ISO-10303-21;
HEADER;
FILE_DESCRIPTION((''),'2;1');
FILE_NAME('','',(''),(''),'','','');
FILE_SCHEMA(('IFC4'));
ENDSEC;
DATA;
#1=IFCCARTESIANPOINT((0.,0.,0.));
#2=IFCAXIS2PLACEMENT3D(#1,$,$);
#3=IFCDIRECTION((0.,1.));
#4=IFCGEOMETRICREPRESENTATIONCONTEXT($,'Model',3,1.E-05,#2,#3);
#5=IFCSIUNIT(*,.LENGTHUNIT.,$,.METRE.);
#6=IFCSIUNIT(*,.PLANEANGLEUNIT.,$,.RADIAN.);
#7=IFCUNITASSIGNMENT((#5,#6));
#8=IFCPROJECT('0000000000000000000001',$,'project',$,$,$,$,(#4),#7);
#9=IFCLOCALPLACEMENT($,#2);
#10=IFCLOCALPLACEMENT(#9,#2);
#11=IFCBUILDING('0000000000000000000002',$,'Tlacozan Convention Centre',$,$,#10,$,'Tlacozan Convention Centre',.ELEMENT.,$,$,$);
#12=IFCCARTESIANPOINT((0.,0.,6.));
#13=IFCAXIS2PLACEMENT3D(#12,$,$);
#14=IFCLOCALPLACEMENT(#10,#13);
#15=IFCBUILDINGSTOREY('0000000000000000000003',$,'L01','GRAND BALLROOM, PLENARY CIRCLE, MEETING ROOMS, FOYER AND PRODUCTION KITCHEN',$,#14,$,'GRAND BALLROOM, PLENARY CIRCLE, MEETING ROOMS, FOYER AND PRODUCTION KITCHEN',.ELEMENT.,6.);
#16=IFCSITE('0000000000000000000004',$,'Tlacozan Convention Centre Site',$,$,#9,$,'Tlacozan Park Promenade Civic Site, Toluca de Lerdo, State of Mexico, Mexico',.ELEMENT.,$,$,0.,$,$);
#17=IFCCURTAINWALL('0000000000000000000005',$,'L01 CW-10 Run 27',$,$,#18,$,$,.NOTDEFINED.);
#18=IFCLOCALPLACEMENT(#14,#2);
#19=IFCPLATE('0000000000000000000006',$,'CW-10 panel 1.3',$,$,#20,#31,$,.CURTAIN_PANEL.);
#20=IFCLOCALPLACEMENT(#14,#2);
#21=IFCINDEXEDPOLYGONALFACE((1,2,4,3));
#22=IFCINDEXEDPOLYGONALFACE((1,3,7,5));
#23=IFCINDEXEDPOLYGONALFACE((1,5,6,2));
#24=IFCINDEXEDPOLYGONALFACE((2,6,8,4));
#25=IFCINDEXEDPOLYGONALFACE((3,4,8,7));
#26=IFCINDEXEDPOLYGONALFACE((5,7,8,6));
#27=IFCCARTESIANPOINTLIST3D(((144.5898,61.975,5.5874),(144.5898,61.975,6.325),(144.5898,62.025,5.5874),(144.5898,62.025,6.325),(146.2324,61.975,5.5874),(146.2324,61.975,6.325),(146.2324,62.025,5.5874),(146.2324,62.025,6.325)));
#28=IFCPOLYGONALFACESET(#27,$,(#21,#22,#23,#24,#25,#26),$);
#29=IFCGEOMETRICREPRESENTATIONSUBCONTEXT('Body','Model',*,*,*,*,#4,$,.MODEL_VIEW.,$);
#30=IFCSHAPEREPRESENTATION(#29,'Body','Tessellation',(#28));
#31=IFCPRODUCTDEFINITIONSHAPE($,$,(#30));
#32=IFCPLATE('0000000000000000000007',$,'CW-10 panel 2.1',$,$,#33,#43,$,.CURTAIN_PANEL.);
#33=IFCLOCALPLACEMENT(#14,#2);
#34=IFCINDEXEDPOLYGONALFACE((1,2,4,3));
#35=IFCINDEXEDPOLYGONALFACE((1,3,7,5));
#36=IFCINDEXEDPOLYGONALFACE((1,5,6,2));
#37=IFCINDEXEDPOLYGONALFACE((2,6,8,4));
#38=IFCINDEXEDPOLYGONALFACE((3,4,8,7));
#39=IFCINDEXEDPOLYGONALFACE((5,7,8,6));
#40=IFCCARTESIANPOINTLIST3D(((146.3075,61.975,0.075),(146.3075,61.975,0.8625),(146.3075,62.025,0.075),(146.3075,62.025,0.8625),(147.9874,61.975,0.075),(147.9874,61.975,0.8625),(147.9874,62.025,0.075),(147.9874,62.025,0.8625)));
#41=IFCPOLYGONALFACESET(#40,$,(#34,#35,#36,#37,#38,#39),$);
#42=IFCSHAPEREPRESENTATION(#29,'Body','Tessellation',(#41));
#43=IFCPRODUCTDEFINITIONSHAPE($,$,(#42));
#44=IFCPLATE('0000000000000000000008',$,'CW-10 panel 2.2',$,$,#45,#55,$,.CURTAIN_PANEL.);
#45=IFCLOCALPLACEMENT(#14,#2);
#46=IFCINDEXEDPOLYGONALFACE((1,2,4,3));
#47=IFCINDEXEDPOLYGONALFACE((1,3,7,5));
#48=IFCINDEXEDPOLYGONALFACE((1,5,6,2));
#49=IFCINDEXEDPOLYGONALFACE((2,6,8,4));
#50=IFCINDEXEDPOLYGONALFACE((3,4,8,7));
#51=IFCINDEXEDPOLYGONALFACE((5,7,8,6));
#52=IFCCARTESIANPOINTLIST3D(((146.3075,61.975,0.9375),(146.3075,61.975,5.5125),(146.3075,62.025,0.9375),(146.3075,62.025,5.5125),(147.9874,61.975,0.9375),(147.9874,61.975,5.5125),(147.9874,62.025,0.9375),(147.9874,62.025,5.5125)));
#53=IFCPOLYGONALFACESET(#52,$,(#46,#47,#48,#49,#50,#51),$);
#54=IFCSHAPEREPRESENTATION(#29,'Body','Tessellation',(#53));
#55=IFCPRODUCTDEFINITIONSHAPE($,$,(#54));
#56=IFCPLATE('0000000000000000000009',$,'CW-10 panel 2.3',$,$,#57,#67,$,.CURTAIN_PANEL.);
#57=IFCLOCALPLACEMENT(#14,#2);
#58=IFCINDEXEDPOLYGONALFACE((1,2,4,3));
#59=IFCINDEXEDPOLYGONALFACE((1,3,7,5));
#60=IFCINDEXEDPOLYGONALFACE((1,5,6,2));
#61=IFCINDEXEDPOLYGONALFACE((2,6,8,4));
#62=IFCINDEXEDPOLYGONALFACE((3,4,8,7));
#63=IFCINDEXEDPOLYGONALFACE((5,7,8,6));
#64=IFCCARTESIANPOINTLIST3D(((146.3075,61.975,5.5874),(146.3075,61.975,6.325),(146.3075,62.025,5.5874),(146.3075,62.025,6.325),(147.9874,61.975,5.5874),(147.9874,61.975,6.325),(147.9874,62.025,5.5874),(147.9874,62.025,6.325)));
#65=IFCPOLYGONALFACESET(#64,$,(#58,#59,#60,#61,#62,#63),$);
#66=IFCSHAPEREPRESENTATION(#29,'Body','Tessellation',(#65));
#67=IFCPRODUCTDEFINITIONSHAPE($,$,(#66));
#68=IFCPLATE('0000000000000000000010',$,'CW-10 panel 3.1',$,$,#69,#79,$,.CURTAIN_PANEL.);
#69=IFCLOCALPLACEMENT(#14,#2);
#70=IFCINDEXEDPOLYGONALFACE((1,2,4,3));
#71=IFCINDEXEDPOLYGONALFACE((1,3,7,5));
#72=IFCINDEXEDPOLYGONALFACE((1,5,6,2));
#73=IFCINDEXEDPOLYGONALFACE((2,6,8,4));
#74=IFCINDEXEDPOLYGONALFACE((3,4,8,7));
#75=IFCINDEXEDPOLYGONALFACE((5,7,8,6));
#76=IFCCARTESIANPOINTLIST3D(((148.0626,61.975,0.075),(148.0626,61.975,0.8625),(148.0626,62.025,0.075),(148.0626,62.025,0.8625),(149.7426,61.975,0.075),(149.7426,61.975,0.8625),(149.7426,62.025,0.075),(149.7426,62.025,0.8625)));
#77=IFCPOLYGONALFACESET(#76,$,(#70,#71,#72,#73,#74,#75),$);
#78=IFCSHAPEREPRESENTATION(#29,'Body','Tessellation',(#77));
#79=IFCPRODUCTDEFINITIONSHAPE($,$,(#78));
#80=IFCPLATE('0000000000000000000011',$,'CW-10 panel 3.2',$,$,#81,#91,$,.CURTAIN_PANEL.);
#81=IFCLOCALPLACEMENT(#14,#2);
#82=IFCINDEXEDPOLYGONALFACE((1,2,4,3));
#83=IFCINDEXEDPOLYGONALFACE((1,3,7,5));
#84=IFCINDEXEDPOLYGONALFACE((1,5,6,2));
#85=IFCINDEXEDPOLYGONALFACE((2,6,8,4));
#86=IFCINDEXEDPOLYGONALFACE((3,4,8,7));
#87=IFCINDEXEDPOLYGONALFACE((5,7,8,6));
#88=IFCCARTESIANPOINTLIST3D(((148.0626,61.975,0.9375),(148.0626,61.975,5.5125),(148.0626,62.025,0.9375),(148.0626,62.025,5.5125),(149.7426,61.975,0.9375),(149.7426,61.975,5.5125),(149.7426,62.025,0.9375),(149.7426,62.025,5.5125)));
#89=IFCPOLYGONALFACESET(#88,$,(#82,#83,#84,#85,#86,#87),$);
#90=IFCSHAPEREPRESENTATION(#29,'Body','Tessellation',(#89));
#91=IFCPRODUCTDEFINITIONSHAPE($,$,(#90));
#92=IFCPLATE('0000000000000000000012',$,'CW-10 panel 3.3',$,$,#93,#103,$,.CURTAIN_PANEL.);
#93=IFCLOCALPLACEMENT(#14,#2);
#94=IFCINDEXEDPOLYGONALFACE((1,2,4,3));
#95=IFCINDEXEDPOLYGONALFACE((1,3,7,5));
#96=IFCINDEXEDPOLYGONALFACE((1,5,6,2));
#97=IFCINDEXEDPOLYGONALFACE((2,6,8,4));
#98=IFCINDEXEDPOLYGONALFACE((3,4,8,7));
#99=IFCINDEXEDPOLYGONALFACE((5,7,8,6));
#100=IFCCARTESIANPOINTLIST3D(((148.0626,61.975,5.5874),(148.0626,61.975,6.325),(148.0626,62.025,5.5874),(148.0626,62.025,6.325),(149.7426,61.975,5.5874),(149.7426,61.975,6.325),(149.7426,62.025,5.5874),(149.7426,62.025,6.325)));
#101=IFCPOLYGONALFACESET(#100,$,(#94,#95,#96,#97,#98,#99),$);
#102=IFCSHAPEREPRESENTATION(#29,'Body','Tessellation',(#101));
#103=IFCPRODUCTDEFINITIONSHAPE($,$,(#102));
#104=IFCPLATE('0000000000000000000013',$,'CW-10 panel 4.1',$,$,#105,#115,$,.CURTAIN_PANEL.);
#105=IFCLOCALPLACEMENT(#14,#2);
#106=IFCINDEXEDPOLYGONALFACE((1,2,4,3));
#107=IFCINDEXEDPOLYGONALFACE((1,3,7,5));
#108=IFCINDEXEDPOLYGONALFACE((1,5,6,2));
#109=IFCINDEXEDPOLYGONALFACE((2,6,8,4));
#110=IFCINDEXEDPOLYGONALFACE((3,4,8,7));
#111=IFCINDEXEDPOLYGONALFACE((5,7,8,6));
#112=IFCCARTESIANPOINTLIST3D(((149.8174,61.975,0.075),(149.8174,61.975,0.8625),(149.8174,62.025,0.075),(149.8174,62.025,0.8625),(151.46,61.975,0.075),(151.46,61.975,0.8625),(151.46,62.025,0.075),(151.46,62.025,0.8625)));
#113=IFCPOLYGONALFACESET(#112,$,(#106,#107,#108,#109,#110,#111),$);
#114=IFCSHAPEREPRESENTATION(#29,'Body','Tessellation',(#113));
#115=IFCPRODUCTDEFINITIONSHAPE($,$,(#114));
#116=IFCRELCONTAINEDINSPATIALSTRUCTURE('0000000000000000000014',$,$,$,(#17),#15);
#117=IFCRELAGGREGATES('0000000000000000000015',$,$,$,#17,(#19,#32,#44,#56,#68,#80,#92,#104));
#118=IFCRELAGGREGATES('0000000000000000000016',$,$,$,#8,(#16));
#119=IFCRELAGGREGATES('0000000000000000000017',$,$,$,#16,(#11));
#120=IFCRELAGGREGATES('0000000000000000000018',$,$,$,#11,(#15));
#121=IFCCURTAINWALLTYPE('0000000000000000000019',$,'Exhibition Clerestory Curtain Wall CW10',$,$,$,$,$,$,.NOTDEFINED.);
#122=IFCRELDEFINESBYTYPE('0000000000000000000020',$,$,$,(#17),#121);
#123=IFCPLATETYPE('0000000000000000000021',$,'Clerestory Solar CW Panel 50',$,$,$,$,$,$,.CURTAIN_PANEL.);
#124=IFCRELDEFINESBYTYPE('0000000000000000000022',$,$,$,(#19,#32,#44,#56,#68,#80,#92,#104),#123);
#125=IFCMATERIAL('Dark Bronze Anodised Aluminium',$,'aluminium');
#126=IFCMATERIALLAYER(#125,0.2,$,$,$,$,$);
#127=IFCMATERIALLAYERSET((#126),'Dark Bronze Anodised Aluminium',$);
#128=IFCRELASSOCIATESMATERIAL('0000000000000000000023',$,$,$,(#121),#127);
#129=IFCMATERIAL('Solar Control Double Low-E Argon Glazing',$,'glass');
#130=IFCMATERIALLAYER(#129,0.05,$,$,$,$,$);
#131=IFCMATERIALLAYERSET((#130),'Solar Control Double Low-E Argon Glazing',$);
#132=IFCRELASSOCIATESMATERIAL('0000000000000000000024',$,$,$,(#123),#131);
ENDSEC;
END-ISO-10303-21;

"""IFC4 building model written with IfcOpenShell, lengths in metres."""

from ifc_helpers import new_model, si_unit, direction, frame, origin, origin_2d, place, context, subcontext, project, spatial, rectangle, extrude, material, layer, layer_set, type_object, element, aggregate, save


model = new_model("IFC4")

# Units and contexts
model_context = context("Model", 3, precision=1e-05, world=origin(), true_north=direction((0.0, 1.0)))
body_context = subcontext(model_context, "Body", "Model", "MODEL_VIEW")
ifc_project = project(units=[si_unit("LENGTHUNIT", "METRE"), si_unit("PLANEANGLEUNIT", "RADIAN")], contexts=[model_context])

# Site, building, storey
site_placement = place(None, origin())
site = spatial("IfcSite", under=ifc_project, at=site_placement, Name="Tlacozan Convention Centre Site", LongName="Tlacozan Park Promenade Civic Site, Toluca de Lerdo, State of Mexico, Mexico", CompositionType="ELEMENT", RefElevation=0.0)
building_placement = place(site_placement, origin())
building = spatial("IfcBuilding", under=site, at=building_placement, Name="Tlacozan Convention Centre", LongName="Tlacozan Convention Centre", CompositionType="ELEMENT")
storey_placement = place(building_placement, frame((0.0, 0.0, 6.0)))
storey = spatial("IfcBuildingStorey", under=building, at=storey_placement, Name="L01", Description="GRAND BALLROOM, PLENARY CIRCLE, MEETING ROOMS, FOYER AND PRODUCTION KITCHEN", LongName="GRAND BALLROOM, PLENARY CIRCLE, MEETING ROOMS, FOYER AND PRODUCTION KITCHEN", CompositionType="ELEMENT", Elevation=6.0)

# Curtain wall, plates
ifc_material_1 = material(Name="Dark Bronze Anodised Aluminium", Category="aluminium")
ifc_layer_1 = layer(ifc_material_1, 0.2)
ifc_layer_set_1 = layer_set([ifc_layer_1], Name="Dark Bronze Anodised Aluminium")
curtain_wall_type = type_object("IfcCurtainWallType", Name="Exhibition Clerestory Curtain Wall CW10", PredefinedType="NOTDEFINED", material=ifc_layer_set_1)
curtain_wall_placement = place(storey_placement, origin())
curtain_wall = element("IfcCurtainWall", 1, at=curtain_wall_placement, inside=storey, type_object=curtain_wall_type, Name="L01 CW-10 Run 27", PredefinedType="NOTDEFINED")
ifc_material_2 = material(Name="Solar Control Double Low-E Argon Glazing", Category="glass")
ifc_layer_2 = layer(ifc_material_2, 0.05)
ifc_layer_set_2 = layer_set([ifc_layer_2], Name="Solar Control Double Low-E Argon Glazing")
plate_type = type_object("IfcPlateType", Name="Clerestory Solar CW Panel 50", PredefinedType="CURTAIN_PANEL", material=ifc_layer_set_2)
plate_1_placement = place(storey_placement, frame((145.4111, 62.0, 5.5874), z_axis=(0.0, 0.0, 1.0), x_axis=(1.0, 0.0, 0.0)))
plate_1 = element("IfcPlate", 2, at=plate_1_placement, type_object=plate_type, Name="CW-10 panel 1.3", PredefinedType="CURTAIN_PANEL", context=body_context, shape_type="SweptSolid", body=[
    extrude(rectangle(XDim=1.6426, YDim=0.05, at=origin_2d()), origin(), (0.0, 0.0, 1.0), 0.7375),
])
plate_2_placement = place(storey_placement, frame((147.1475, 62.0, 0.075), z_axis=(0.0, 0.0, 1.0), x_axis=(1.0, 0.0, 0.0)))
plate_2 = element("IfcPlate", 3, at=plate_2_placement, type_object=plate_type, Name="CW-10 panel 2.1", PredefinedType="CURTAIN_PANEL", context=body_context, shape_type="SweptSolid", body=[
    extrude(rectangle(XDim=1.6799, YDim=0.05, at=origin_2d()), origin(), (0.0, 0.0, 1.0), 0.7876),
])
plate_3_placement = place(storey_placement, frame((147.1475, 62.0, 0.9375), z_axis=(0.0, 0.0, 1.0), x_axis=(1.0, 0.0, 0.0)))
plate_3 = element("IfcPlate", 4, at=plate_3_placement, type_object=plate_type, Name="CW-10 panel 2.2", PredefinedType="CURTAIN_PANEL", context=body_context, shape_type="SweptSolid", body=[
    extrude(rectangle(XDim=1.6799, YDim=0.05, at=origin_2d()), origin(), (0.0, 0.0, 1.0), 4.575),
])
plate_4_placement = place(storey_placement, frame((147.1475, 62.0, 5.5874), z_axis=(0.0, 0.0, 1.0), x_axis=(1.0, 0.0, 0.0)))
plate_4 = element("IfcPlate", 5, at=plate_4_placement, type_object=plate_type, Name="CW-10 panel 2.3", PredefinedType="CURTAIN_PANEL", context=body_context, shape_type="SweptSolid", body=[
    extrude(rectangle(XDim=1.6799, YDim=0.05, at=origin_2d()), origin(), (0.0, 0.0, 1.0), 0.7375),
])
plate_5_placement = place(storey_placement, frame((148.9026, 62.0, 0.075), z_axis=(0.0, 0.0, 1.0), x_axis=(1.0, 0.0, 0.0)))
plate_5 = element("IfcPlate", 6, at=plate_5_placement, type_object=plate_type, Name="CW-10 panel 3.1", PredefinedType="CURTAIN_PANEL", context=body_context, shape_type="SweptSolid", body=[
    extrude(rectangle(XDim=1.6799, YDim=0.05, at=origin_2d()), origin(), (0.0, 0.0, 1.0), 0.7876),
])
plate_6_placement = place(storey_placement, frame((148.9026, 62.0, 0.9375), z_axis=(0.0, 0.0, 1.0), x_axis=(1.0, 0.0, 0.0)))
plate_6 = element("IfcPlate", 7, at=plate_6_placement, type_object=plate_type, Name="CW-10 panel 3.2", PredefinedType="CURTAIN_PANEL", context=body_context, shape_type="SweptSolid", body=[
    extrude(rectangle(XDim=1.6799, YDim=0.05, at=origin_2d()), origin(), (0.0, 0.0, 1.0), 4.575),
])
plate_7_placement = place(storey_placement, frame((148.9026, 62.0, 5.5874), z_axis=(0.0, 0.0, 1.0), x_axis=(1.0, 0.0, 0.0)))
plate_7 = element("IfcPlate", 8, at=plate_7_placement, type_object=plate_type, Name="CW-10 panel 3.3", PredefinedType="CURTAIN_PANEL", context=body_context, shape_type="SweptSolid", body=[
    extrude(rectangle(XDim=1.6799, YDim=0.05, at=origin_2d()), origin(), (0.0, 0.0, 1.0), 0.7375),
])
plate_8_placement = place(storey_placement, frame((150.6387, 62.0, 0.075), z_axis=(0.0, 0.0, 1.0), x_axis=(1.0, 0.0, 0.0)))
plate_8 = element("IfcPlate", 9, at=plate_8_placement, type_object=plate_type, Name="CW-10 panel 4.1", PredefinedType="CURTAIN_PANEL", context=body_context, shape_type="SweptSolid", body=[
    extrude(rectangle(XDim=1.6426, YDim=0.05, at=origin_2d()), origin(), (0.0, 0.0, 1.0), 0.7876),
])
aggregate(curtain_wall, [plate_1, plate_2, plate_3, plate_4, plate_5, plate_6, plate_7, plate_8])

save(model, "model.ifc")
